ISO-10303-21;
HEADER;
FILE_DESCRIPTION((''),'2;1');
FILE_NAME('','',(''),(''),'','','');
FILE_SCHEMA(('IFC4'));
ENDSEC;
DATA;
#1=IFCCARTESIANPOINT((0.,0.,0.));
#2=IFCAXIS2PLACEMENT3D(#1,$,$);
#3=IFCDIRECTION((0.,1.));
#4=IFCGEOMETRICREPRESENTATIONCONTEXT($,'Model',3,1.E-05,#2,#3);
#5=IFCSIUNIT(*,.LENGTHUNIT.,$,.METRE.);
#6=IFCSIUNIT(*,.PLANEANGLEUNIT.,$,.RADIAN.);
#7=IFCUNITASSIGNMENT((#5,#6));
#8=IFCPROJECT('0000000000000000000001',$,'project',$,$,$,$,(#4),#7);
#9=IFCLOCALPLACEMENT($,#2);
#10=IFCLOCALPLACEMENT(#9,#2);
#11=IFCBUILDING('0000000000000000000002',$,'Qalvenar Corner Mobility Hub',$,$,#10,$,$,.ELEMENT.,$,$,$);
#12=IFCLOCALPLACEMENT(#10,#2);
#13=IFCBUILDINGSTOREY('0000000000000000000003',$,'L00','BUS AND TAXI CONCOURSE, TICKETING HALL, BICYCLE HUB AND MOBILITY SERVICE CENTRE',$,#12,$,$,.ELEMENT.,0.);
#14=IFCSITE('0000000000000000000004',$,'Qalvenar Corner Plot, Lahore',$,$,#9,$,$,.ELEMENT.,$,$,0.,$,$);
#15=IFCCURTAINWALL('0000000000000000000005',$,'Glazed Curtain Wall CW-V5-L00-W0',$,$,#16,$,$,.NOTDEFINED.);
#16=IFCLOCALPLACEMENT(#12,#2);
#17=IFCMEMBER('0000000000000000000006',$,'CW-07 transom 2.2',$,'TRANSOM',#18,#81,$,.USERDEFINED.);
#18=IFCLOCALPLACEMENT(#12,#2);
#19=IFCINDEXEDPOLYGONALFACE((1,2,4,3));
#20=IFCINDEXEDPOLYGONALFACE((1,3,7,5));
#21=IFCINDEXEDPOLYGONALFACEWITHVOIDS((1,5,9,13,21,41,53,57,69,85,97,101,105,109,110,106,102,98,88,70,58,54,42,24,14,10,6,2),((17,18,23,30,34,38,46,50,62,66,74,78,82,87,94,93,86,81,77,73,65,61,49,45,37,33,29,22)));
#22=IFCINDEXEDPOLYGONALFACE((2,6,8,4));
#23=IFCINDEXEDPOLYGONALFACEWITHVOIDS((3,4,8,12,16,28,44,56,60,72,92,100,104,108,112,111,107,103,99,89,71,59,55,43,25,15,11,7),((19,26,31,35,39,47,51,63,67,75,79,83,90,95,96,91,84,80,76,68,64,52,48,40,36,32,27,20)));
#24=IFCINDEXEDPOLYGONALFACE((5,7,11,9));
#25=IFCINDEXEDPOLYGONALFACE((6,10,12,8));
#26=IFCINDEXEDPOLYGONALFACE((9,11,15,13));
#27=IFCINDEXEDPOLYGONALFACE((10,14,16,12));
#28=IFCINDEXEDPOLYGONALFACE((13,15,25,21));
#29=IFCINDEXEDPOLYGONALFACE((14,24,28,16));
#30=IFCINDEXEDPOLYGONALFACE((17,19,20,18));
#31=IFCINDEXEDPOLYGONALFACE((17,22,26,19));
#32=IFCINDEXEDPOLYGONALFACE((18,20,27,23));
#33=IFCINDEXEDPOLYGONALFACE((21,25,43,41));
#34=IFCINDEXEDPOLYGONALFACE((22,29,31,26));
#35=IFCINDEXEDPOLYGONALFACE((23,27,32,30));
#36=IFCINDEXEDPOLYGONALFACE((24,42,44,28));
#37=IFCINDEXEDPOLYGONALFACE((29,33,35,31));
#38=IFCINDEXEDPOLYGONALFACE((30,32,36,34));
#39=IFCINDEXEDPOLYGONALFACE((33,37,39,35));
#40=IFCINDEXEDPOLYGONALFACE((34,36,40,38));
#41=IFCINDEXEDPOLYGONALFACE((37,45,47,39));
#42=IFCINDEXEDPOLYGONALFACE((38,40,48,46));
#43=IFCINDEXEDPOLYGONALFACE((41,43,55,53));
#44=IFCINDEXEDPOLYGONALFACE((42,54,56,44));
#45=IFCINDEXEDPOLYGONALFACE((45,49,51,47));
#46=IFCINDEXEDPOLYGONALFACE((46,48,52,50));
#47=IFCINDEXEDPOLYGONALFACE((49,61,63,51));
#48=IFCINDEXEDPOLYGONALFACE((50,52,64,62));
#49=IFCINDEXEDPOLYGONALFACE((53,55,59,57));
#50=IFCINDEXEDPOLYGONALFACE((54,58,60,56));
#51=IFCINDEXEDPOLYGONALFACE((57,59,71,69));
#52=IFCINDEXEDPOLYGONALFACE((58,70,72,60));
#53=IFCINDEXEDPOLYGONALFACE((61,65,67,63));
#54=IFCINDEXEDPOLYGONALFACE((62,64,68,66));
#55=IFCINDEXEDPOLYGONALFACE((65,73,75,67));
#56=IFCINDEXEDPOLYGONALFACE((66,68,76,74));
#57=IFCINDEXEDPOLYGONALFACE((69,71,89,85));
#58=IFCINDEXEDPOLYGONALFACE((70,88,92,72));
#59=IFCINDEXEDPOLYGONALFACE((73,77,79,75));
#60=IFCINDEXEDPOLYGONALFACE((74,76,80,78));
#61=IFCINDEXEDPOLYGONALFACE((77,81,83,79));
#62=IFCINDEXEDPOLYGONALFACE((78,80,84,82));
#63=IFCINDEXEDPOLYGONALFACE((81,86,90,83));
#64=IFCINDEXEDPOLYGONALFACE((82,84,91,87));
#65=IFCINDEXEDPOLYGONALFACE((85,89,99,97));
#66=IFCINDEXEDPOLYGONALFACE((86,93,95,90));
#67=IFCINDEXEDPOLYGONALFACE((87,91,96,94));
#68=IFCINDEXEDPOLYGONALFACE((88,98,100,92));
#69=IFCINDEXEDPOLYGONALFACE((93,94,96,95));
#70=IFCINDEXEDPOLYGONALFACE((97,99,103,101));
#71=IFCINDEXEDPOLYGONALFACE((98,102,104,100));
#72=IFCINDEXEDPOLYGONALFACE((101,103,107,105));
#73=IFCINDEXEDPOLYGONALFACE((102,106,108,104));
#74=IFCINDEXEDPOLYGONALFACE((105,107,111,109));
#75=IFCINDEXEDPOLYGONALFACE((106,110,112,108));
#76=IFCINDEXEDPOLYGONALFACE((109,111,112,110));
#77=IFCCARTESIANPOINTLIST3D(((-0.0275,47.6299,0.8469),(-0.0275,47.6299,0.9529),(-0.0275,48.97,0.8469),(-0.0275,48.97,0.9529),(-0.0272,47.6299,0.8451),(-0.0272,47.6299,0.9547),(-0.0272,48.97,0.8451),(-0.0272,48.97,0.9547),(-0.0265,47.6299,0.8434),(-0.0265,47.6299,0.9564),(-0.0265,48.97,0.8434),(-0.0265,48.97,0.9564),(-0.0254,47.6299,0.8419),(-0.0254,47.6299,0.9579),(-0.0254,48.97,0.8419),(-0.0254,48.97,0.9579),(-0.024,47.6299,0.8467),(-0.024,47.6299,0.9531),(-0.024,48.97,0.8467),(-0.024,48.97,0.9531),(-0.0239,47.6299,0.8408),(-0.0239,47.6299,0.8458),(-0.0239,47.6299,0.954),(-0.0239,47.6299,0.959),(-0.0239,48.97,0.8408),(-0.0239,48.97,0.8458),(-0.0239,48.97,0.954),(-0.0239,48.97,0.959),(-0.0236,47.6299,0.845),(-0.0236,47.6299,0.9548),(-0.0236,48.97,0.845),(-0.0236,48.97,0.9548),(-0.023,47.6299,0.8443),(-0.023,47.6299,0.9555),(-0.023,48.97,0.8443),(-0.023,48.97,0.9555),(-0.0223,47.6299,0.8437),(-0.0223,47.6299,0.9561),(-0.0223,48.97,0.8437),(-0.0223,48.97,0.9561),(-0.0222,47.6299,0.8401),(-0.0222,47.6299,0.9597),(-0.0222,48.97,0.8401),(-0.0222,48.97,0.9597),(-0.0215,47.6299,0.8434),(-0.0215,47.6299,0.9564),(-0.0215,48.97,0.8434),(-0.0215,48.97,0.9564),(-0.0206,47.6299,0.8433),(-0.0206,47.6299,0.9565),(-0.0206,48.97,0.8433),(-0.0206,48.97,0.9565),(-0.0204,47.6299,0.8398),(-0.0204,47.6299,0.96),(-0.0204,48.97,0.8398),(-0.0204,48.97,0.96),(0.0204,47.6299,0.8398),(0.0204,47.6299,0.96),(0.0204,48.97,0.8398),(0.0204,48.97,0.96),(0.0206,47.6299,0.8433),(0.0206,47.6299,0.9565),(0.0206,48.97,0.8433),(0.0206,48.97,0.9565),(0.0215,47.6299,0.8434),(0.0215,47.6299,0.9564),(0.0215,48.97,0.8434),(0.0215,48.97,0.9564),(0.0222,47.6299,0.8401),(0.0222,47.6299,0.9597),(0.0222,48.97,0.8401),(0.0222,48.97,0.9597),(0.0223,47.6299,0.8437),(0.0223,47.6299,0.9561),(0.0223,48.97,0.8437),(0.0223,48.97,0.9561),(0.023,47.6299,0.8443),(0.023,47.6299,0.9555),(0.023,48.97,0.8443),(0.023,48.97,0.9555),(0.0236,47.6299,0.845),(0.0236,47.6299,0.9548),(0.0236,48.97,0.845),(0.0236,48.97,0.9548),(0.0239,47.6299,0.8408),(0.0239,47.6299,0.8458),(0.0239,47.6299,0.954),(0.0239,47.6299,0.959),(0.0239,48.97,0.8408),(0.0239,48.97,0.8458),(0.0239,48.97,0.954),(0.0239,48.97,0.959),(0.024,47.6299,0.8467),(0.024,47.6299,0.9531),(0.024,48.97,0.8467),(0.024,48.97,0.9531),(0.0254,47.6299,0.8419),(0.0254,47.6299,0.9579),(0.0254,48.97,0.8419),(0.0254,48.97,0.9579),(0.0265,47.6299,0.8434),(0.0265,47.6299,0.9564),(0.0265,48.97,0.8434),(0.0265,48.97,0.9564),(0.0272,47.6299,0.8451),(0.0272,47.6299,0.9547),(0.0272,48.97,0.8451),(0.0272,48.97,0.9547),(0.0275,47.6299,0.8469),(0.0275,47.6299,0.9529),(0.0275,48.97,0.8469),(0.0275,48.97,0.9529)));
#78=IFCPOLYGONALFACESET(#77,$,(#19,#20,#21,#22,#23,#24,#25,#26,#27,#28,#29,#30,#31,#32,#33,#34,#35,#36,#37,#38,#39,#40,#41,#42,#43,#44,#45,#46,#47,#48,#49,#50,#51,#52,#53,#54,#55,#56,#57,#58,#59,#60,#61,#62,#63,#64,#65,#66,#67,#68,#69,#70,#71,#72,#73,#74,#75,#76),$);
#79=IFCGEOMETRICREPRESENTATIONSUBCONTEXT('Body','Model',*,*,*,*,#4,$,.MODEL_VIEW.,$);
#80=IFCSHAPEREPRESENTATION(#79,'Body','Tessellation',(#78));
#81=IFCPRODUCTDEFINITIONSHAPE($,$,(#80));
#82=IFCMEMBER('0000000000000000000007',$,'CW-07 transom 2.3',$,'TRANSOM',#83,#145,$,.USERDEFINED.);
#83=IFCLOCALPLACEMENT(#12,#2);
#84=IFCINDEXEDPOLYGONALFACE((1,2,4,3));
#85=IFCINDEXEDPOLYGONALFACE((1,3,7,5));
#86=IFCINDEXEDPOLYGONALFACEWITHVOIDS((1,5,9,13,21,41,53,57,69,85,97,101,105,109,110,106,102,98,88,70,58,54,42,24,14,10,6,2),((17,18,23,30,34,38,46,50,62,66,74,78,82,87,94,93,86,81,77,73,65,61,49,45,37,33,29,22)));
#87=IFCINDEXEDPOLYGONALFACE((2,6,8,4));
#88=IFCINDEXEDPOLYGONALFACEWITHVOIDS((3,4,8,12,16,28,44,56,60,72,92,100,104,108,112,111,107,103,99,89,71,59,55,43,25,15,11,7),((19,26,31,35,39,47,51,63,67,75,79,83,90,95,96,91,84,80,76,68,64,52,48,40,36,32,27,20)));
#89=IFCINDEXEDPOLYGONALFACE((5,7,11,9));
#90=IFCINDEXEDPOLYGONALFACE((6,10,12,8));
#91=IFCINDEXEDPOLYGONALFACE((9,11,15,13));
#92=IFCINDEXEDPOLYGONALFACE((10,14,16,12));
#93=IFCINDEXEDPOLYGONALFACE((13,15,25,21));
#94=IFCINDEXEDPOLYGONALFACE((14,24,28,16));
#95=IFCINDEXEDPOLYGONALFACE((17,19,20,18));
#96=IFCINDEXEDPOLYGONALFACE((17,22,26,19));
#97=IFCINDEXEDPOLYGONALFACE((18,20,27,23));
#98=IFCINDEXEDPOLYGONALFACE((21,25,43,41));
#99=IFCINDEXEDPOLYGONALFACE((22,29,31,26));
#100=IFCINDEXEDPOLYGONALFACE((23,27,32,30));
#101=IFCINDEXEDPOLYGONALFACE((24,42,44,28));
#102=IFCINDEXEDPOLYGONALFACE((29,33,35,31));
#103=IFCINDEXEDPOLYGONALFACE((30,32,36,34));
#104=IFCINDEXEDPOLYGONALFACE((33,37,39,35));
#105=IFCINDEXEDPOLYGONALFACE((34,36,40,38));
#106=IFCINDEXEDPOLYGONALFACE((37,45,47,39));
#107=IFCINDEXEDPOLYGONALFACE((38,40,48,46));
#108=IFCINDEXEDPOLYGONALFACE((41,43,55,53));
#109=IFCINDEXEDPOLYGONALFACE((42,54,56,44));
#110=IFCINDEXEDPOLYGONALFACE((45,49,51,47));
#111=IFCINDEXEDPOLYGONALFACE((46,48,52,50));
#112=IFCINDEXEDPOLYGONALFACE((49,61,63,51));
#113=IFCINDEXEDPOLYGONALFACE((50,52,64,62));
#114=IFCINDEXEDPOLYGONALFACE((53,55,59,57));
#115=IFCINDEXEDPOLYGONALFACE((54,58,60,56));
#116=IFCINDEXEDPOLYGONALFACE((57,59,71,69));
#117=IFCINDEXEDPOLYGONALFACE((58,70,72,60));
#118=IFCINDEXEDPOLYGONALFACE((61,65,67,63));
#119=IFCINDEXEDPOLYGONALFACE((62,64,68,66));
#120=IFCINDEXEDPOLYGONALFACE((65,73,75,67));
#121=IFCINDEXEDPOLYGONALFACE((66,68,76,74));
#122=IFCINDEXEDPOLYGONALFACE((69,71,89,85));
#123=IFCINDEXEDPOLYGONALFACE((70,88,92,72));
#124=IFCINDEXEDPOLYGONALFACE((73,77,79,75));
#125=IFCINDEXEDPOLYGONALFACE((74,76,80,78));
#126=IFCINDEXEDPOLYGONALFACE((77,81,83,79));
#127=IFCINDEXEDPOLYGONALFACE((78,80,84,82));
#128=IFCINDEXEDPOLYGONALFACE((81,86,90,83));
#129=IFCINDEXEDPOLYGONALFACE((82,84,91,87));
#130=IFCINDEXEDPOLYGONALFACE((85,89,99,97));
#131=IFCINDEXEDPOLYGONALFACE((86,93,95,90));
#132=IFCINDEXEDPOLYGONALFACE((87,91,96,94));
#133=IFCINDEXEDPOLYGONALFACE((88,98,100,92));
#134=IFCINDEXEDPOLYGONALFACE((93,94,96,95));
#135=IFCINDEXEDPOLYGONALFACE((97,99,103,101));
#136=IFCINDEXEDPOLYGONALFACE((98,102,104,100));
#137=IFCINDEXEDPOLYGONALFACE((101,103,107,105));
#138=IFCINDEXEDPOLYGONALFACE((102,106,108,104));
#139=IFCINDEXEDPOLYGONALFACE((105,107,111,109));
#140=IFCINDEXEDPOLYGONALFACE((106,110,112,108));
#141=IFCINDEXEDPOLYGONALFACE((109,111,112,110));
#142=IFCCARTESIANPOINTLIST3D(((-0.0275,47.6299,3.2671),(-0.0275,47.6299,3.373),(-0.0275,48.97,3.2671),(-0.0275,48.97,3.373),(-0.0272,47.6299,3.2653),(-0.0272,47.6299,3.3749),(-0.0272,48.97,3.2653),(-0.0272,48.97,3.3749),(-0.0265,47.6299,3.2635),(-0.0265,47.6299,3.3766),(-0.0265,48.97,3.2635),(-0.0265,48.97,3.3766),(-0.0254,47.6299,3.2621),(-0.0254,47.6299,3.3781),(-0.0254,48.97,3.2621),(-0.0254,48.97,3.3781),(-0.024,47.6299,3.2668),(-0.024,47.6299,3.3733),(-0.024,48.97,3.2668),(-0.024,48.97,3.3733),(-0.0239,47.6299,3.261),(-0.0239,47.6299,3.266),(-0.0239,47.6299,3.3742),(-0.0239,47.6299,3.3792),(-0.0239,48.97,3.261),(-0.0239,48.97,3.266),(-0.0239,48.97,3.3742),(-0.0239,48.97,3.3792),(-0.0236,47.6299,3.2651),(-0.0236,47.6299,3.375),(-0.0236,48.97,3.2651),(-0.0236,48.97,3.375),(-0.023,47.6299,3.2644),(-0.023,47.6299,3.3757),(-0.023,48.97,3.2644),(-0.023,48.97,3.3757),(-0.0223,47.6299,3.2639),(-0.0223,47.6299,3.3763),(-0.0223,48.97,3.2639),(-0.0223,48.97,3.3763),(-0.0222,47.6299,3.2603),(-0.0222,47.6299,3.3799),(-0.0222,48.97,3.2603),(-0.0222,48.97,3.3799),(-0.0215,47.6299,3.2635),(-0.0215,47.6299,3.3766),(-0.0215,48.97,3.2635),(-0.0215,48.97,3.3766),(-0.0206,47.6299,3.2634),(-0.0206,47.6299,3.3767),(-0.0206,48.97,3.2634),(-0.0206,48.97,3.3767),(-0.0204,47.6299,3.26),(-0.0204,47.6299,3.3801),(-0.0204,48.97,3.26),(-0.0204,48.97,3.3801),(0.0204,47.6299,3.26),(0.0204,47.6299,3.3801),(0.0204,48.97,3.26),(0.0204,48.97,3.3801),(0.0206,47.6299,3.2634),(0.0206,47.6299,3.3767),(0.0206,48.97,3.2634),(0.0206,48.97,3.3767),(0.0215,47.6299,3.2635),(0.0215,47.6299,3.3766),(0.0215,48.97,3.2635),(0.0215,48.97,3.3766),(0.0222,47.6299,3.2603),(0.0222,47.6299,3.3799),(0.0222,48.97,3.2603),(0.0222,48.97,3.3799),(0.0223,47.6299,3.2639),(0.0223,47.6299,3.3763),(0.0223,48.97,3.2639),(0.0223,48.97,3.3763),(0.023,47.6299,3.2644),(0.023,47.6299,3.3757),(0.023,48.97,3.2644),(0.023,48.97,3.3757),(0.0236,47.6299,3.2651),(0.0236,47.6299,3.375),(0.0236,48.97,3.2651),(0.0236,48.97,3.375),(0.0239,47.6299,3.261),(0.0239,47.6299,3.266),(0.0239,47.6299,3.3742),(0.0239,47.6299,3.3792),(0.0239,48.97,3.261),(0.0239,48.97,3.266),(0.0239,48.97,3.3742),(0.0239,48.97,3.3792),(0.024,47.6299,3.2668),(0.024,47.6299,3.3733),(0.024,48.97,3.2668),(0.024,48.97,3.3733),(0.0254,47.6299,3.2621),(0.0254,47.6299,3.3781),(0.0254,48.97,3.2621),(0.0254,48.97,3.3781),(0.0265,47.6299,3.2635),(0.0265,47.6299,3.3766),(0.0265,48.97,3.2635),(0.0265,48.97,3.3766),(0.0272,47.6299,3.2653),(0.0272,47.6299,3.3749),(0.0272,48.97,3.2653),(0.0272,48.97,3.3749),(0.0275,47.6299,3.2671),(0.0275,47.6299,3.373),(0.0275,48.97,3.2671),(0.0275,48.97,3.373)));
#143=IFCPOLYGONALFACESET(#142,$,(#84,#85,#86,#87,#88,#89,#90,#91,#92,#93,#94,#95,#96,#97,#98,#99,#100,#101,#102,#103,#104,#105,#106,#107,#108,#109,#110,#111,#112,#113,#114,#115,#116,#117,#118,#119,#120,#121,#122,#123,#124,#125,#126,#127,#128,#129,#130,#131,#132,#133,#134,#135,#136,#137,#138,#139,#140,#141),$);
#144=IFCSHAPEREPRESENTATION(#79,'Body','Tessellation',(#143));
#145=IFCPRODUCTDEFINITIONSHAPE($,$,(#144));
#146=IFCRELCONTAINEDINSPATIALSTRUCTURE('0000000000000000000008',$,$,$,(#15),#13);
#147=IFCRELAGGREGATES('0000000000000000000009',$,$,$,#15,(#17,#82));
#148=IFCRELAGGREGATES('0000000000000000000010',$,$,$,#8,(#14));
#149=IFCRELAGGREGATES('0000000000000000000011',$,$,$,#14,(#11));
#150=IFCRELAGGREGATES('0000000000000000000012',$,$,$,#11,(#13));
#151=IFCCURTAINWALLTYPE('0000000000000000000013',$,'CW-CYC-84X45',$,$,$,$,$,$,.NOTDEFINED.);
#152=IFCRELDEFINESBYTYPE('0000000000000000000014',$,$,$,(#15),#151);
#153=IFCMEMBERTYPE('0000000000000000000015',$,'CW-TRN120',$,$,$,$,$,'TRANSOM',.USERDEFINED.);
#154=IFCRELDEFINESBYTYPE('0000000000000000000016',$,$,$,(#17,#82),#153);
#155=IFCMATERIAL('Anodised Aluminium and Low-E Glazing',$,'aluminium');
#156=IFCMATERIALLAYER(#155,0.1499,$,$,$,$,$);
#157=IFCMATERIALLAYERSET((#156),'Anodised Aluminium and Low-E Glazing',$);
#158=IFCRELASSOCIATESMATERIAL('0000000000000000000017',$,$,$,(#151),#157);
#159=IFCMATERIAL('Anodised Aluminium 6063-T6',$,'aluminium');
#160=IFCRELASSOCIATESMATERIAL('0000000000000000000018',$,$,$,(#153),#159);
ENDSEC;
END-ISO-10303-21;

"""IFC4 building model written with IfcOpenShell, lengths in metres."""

from ifc_helpers import new_model, si_unit, direction, frame, origin, origin_2d, place, context, subcontext, project, spatial, hollow_rectangle, extrude, material, layer, layer_set, material_profile, profile_set, type_object, element, aggregate, save


model = new_model("IFC4")

# Units and contexts
model_context = context("Model", 3, precision=1e-05, world=origin(), true_north=direction((0.0, 1.0)))
body_context = subcontext(model_context, "Body", "Model", "MODEL_VIEW")
ifc_project = project(units=[si_unit("LENGTHUNIT", "METRE"), si_unit("PLANEANGLEUNIT", "RADIAN")], contexts=[model_context])

# Site, building, storey
site_placement = place(None, origin())
site = spatial("IfcSite", under=ifc_project, at=site_placement, Name="Qalvenar Corner Plot, Lahore", CompositionType="ELEMENT", RefElevation=0.0)
building_placement = place(site_placement, origin())
building = spatial("IfcBuilding", under=site, at=building_placement, Name="Qalvenar Corner Mobility Hub", CompositionType="ELEMENT")
storey_placement = place(building_placement, origin())
storey = spatial("IfcBuildingStorey", under=building, at=storey_placement, Name="L00", Description="BUS AND TAXI CONCOURSE, TICKETING HALL, BICYCLE HUB AND MOBILITY SERVICE CENTRE", CompositionType="ELEMENT", Elevation=0.0)

# Curtain wall
ifc_material_1 = material(Name="Anodised Aluminium and Low-E Glazing", Category="aluminium")
ifc_layer_1 = layer(ifc_material_1, 0.1499)
ifc_layer_set_1 = layer_set([ifc_layer_1], Name="Anodised Aluminium and Low-E Glazing")
curtain_wall_type = type_object("IfcCurtainWallType", Name="CW-CYC-84X45", PredefinedType="NOTDEFINED", material=ifc_layer_set_1)
curtain_wall_1_placement = place(storey_placement, origin())
curtain_wall_1 = element("IfcCurtainWall", 1, at=curtain_wall_1_placement, inside=storey, type_object=curtain_wall_type, Name="Glazed Curtain Wall CW-V5-L00-W0", PredefinedType="NOTDEFINED")
ifc_material_2 = material(Name="Anodised Aluminium 6063-T6", Category="aluminium")

# Members
ifc_material_profile_1 = material_profile(ifc_material_2, hollow_rectangle(XDim=0.0549, YDim=0.1201, WallThickness=0.0034, InnerFilletRadius=0.0034, OuterFilletRadius=0.0071, at=origin_2d()), Name="RHS120x55x3.5")
ifc_profile_set_1 = profile_set([ifc_material_profile_1], Name="Anodised Aluminium 6063-T6")
member_type_1 = type_object("IfcMemberType", Name="CW-TRN120", ElementType="TRANSOM", PredefinedType="USERDEFINED", material=ifc_profile_set_1)
member_1_placement = place(storey_placement, frame((0.0, 48.97, 0.8999), z_axis=(0.0, -1.0, 0.0), x_axis=(1.0, 0.0, 0.0)))
member_1 = element("IfcMember", 2, at=member_1_placement, type_object=member_type_1, Name="CW-07 transom 2.2", ObjectType="TRANSOM", PredefinedType="USERDEFINED", context=body_context, shape_type="SweptSolid", body=[
    extrude(hollow_rectangle(XDim=0.0549, YDim=0.1201, WallThickness=0.0034, InnerFilletRadius=0.0034, OuterFilletRadius=0.0071, at=origin_2d()), origin(), (0.0, 0.0, 1.0), 1.3401),
])
member_2_placement = place(storey_placement, frame((0.0, 48.97, 3.3201), z_axis=(0.0, -1.0, 0.0), x_axis=(1.0, 0.0, 0.0)))
member_2 = element("IfcMember", 3, at=member_2_placement, type_object=member_type_1, Name="CW-07 transom 2.3", ObjectType="TRANSOM", PredefinedType="USERDEFINED", context=body_context, shape_type="SweptSolid", body=[
    extrude(hollow_rectangle(XDim=0.0549, YDim=0.1201, WallThickness=0.0034, InnerFilletRadius=0.0034, OuterFilletRadius=0.0071, at=origin_2d()), origin(), (0.0, 0.0, 1.0), 1.3401),
])

aggregate(curtain_wall_1, [member_1, member_2])

save(model, "model.ifc")
